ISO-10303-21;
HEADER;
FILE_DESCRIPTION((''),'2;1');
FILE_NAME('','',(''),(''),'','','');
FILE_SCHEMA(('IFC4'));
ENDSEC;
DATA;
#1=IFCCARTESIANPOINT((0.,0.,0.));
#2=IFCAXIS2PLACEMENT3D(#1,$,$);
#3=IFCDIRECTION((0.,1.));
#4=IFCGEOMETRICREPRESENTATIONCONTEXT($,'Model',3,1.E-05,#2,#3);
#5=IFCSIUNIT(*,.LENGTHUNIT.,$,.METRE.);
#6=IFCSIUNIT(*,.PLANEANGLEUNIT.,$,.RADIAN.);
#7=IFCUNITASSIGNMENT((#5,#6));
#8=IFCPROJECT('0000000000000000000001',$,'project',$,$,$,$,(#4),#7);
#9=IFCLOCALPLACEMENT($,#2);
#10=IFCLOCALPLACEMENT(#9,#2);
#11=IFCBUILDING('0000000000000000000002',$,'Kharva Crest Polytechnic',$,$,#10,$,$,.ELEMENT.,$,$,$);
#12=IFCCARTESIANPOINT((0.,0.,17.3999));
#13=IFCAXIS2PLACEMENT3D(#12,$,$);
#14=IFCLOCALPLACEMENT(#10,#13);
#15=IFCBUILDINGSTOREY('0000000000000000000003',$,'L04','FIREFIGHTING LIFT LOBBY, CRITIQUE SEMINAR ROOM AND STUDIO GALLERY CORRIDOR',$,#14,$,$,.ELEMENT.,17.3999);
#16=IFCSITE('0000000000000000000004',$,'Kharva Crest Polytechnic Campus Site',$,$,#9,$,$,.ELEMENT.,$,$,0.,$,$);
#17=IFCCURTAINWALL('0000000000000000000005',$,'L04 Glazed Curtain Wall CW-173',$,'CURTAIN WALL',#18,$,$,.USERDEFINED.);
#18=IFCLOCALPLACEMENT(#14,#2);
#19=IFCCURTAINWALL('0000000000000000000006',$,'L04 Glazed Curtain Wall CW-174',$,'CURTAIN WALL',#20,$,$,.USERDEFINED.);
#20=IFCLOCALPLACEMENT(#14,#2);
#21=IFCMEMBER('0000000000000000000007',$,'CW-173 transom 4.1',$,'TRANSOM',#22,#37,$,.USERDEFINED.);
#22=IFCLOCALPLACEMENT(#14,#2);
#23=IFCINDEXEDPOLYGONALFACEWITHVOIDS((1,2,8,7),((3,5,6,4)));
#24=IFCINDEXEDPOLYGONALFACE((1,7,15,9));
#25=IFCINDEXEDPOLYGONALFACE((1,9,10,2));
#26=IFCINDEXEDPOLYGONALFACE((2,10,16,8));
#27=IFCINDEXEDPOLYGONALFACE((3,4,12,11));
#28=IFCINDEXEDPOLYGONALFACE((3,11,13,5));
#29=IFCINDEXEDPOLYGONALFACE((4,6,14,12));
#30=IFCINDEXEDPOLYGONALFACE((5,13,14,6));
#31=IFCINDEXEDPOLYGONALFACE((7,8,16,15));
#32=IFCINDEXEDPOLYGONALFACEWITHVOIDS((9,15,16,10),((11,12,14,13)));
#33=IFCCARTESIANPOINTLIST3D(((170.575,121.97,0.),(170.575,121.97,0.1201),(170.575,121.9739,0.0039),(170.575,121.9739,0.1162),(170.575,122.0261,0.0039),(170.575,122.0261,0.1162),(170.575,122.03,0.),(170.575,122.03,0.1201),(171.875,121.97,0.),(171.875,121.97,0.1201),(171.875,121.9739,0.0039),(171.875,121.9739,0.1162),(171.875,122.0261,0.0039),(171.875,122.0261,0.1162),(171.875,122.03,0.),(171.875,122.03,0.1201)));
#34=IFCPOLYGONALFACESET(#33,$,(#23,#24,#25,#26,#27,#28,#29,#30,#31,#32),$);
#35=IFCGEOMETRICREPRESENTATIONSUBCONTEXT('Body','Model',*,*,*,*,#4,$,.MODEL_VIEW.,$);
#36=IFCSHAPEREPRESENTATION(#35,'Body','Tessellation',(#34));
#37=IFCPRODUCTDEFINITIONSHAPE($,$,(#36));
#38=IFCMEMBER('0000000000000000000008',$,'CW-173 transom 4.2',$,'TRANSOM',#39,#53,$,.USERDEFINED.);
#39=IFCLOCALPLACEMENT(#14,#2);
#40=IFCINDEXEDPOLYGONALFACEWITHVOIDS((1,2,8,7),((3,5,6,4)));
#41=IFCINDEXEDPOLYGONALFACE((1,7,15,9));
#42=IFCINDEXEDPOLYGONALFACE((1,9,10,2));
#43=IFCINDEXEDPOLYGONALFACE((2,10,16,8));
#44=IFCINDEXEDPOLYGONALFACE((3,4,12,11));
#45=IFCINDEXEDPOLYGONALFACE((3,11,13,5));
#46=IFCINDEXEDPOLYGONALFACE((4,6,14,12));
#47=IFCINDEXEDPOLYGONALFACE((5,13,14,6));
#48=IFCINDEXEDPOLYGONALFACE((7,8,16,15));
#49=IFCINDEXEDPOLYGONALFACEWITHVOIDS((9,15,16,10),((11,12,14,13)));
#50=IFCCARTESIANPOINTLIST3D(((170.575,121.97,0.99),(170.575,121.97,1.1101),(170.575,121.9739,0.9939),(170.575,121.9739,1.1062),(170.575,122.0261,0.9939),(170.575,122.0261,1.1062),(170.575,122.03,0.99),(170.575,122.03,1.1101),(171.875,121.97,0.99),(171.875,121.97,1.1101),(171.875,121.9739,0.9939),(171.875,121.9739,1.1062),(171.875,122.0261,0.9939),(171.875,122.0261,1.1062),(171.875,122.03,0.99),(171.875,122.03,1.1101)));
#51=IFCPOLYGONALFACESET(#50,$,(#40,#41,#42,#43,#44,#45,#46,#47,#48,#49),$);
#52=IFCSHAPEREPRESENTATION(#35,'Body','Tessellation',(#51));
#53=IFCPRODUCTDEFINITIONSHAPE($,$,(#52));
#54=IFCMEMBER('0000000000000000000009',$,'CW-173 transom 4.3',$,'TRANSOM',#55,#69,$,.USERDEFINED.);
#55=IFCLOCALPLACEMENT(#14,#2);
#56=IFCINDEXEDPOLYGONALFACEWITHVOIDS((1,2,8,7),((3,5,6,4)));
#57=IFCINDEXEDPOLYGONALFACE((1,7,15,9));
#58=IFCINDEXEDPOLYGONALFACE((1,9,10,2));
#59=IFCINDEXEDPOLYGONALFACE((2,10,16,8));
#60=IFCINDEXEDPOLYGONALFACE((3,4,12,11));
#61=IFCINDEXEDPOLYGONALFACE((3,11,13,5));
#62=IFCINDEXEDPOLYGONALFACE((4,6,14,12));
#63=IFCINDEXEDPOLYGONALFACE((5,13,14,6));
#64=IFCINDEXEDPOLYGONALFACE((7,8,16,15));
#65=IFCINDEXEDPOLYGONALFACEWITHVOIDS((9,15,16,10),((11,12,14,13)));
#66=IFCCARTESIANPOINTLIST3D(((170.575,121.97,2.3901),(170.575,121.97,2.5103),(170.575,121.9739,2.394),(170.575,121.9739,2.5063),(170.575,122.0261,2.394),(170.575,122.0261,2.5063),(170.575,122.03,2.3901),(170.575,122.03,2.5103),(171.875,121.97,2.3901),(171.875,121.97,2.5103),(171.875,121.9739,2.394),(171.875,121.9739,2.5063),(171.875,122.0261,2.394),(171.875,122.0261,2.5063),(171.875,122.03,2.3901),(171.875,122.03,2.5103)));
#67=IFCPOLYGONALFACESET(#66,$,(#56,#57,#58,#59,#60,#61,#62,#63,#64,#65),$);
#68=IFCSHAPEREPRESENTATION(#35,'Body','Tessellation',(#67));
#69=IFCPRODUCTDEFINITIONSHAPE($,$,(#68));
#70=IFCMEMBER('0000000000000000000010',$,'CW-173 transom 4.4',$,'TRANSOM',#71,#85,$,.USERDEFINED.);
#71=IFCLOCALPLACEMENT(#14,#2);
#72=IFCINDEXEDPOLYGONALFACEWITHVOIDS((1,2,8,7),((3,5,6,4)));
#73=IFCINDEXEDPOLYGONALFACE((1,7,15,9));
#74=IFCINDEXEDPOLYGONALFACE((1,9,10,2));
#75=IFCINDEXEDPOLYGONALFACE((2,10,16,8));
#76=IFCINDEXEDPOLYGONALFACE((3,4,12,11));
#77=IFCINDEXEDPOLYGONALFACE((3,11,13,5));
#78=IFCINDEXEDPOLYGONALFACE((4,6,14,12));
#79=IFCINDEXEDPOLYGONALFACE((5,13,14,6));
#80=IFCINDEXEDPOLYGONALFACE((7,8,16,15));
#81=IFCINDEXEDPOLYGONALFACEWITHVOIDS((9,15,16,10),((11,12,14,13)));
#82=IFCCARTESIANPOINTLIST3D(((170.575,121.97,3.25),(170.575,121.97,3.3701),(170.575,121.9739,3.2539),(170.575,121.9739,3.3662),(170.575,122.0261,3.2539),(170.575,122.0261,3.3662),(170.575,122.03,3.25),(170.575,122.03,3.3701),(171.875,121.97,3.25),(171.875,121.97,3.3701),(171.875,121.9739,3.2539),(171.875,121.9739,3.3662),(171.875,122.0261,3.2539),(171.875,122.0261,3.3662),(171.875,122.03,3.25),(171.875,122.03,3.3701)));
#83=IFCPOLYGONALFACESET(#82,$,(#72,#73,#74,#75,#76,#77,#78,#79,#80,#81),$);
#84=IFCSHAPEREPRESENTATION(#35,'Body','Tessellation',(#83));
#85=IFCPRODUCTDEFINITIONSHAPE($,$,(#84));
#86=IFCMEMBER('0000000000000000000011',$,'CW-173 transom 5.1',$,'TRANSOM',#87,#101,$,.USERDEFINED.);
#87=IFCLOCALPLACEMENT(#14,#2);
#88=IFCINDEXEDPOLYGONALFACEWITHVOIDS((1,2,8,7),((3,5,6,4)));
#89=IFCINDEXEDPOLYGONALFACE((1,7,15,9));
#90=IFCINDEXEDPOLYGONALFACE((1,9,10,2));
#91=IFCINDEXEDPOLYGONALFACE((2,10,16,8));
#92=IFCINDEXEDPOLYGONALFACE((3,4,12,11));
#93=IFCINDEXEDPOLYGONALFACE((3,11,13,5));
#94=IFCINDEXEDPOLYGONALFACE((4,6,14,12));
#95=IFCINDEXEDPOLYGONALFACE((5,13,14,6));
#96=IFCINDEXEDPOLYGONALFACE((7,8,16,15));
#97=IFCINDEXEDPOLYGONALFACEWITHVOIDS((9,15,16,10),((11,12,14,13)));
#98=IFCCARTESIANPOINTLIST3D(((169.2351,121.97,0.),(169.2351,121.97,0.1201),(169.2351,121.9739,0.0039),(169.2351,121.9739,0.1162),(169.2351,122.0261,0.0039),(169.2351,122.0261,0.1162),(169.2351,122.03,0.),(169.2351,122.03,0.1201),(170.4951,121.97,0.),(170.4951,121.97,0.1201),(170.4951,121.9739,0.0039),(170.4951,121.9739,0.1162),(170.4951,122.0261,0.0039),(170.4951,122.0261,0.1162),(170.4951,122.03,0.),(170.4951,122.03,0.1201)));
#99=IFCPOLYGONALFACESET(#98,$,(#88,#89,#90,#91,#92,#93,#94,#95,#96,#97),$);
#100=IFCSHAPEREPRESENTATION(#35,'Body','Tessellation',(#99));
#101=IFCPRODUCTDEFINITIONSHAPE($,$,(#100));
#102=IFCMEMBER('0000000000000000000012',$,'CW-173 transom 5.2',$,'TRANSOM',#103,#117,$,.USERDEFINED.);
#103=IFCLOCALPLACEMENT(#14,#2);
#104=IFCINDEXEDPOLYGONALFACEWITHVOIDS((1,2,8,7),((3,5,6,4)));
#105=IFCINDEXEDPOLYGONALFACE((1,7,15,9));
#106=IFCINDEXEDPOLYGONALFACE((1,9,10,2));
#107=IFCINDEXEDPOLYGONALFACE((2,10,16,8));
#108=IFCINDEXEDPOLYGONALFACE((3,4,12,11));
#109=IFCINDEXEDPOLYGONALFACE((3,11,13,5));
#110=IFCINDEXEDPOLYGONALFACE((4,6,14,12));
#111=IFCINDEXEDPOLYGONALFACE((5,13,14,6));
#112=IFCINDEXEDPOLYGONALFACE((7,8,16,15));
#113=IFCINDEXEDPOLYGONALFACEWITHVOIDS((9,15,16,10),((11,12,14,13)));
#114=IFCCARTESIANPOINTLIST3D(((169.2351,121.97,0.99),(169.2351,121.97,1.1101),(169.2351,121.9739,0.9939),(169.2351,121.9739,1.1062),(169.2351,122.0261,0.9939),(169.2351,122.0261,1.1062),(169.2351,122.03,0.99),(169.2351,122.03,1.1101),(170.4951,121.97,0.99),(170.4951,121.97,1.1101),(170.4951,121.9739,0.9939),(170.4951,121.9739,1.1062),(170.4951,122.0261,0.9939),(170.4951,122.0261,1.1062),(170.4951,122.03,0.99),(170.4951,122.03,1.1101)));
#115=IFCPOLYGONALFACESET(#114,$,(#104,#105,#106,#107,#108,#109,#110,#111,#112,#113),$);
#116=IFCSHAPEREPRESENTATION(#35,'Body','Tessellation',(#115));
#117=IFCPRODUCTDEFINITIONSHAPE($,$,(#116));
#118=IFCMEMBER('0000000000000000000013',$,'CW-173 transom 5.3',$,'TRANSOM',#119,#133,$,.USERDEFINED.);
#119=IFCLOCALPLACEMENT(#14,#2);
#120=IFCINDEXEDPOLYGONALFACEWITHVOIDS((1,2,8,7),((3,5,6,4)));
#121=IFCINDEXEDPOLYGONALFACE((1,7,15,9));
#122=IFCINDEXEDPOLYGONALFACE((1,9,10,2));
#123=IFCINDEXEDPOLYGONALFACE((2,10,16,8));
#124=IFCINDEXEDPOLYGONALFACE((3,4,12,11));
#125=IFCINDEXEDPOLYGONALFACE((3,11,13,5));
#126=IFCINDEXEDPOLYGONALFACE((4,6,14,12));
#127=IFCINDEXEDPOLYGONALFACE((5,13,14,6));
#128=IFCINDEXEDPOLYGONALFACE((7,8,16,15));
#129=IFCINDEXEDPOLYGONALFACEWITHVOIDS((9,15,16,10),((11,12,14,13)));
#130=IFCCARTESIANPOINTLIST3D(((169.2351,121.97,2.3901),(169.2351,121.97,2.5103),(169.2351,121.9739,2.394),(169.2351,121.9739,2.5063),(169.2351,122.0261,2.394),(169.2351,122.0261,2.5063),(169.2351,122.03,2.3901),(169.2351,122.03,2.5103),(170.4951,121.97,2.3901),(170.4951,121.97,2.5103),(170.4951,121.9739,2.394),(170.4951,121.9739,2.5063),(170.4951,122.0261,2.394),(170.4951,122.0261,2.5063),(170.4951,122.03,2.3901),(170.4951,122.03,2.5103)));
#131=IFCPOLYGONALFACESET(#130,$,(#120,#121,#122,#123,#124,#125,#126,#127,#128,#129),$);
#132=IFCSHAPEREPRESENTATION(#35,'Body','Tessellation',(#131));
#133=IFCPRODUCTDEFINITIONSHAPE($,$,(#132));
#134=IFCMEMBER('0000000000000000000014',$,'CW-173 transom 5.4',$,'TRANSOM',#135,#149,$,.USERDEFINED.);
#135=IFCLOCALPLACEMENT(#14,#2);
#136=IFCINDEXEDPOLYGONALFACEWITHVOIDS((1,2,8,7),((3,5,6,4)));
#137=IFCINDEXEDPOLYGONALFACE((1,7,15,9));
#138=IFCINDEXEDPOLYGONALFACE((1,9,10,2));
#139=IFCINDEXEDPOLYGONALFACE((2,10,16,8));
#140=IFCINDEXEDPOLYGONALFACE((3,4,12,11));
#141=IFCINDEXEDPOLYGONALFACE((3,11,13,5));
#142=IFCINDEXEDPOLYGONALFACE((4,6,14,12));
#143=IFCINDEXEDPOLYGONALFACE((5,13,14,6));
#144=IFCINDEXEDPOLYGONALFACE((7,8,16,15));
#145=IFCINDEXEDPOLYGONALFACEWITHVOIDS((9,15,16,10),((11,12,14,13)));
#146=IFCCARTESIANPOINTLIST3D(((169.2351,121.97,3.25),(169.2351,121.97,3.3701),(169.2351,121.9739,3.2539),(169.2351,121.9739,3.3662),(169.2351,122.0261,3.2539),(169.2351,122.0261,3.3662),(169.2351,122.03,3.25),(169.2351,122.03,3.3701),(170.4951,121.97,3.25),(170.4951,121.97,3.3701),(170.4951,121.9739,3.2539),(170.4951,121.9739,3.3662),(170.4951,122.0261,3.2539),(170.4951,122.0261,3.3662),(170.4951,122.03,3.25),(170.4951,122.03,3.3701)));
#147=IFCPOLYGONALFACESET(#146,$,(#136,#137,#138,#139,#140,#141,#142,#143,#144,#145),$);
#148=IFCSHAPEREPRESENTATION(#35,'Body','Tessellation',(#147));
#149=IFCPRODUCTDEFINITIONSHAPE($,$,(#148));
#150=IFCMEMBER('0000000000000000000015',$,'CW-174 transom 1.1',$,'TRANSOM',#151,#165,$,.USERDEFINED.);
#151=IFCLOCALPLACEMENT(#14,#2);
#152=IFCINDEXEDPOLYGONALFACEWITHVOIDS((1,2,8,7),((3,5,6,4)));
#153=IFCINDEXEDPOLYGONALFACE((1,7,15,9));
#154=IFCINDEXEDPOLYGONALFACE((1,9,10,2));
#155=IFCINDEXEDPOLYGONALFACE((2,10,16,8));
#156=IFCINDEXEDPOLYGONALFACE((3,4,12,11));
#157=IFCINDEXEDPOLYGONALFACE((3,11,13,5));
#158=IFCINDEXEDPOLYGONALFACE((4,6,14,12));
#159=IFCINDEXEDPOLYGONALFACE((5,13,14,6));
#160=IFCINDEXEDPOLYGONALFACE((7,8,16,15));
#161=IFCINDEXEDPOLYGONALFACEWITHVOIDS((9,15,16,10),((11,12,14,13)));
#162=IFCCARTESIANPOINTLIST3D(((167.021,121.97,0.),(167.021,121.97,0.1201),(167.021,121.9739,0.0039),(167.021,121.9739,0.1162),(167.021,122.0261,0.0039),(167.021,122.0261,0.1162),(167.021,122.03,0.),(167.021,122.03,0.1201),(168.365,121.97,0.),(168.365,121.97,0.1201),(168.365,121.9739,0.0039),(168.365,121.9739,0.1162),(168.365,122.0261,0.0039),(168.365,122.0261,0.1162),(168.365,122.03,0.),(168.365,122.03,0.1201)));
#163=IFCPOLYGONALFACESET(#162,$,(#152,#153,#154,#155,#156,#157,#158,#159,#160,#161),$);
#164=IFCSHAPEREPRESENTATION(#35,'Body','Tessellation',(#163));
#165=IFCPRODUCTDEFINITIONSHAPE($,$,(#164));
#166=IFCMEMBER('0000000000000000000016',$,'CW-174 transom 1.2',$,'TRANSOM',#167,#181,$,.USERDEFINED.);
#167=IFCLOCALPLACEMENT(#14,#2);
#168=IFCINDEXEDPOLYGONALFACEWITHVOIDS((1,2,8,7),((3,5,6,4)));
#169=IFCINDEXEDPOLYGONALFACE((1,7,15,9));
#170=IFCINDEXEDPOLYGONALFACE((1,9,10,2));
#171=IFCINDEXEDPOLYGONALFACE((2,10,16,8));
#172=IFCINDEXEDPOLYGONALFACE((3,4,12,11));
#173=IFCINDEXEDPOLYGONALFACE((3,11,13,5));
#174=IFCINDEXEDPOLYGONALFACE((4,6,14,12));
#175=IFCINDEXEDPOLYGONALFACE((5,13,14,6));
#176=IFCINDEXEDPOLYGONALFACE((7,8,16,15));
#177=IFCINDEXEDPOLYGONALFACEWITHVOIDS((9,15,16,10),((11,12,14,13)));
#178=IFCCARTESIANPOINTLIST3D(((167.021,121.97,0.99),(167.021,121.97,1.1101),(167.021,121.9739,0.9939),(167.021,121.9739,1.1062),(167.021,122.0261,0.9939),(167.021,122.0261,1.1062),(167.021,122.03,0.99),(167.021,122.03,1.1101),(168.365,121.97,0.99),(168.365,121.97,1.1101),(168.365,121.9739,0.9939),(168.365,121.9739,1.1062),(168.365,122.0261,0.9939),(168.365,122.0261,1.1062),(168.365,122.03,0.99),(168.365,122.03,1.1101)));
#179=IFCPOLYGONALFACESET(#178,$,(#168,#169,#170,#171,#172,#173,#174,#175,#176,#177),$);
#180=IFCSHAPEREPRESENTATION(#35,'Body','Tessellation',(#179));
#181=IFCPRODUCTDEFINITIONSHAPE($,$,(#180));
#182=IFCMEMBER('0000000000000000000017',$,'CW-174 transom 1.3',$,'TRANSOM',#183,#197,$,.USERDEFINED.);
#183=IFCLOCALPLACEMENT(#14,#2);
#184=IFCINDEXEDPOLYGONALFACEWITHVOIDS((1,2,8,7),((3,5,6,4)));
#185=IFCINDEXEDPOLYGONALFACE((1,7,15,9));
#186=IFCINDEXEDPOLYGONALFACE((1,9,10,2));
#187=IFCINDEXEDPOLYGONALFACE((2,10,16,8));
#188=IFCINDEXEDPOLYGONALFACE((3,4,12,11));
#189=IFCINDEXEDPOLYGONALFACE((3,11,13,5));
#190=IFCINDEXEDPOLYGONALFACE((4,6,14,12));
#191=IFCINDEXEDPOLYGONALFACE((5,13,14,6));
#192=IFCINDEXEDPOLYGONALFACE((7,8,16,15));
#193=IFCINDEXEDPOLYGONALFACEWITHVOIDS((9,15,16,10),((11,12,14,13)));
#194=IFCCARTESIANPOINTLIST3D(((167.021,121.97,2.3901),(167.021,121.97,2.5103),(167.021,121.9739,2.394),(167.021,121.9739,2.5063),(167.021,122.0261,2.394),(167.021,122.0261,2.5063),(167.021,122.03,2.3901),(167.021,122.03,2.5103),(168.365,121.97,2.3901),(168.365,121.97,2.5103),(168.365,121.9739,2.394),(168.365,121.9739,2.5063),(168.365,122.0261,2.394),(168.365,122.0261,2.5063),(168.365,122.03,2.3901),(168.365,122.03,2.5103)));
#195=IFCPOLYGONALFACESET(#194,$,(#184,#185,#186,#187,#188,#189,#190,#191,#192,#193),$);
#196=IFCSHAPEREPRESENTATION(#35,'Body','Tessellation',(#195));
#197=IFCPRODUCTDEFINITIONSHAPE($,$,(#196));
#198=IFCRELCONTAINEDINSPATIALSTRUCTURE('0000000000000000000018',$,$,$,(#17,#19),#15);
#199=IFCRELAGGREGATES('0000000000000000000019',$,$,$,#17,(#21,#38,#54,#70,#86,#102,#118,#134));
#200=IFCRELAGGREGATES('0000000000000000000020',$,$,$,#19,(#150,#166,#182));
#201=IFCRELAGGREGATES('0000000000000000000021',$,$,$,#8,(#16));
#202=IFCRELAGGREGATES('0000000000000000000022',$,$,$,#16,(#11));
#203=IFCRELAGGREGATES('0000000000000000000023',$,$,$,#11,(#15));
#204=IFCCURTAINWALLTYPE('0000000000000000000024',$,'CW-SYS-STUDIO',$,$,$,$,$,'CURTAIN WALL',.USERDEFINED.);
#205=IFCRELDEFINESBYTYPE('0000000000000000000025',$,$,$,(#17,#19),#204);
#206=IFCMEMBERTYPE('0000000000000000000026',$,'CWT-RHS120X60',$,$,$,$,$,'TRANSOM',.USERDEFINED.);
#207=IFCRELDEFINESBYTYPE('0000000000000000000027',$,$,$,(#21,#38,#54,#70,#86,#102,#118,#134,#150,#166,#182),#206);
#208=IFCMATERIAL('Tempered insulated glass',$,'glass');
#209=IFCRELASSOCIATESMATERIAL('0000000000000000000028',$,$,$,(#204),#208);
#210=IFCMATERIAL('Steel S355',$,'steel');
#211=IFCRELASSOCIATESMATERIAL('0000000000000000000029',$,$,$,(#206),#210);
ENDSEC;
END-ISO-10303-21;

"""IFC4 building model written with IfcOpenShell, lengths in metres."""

from ifc_helpers import new_model, si_unit, direction, frame, origin, origin_2d, place, context, subcontext, project, spatial, hollow_rectangle, extrude, material, material_profile, profile_set, type_object, element, aggregate, save


model = new_model("IFC4")

# Units and contexts
model_context = context("Model", 3, precision=1e-05, world=origin(), true_north=direction((0.0, 1.0)))
body_context = subcontext(model_context, "Body", "Model", "MODEL_VIEW")
ifc_project = project(units=[si_unit("LENGTHUNIT", "METRE"), si_unit("PLANEANGLEUNIT", "RADIAN")], contexts=[model_context])

# Site, building, storey
site_placement = place(None, origin())
site = spatial("IfcSite", under=ifc_project, at=site_placement, Name="Kharva Crest Polytechnic Campus Site", CompositionType="ELEMENT", RefElevation=0.0)
building_placement = place(site_placement, origin())
building = spatial("IfcBuilding", under=site, at=building_placement, Name="Kharva Crest Polytechnic", CompositionType="ELEMENT")
storey_placement = place(building_placement, frame((0.0, 0.0, 17.3999)))
storey = spatial("IfcBuildingStorey", under=building, at=storey_placement, Name="L04", Description="FIREFIGHTING LIFT LOBBY, CRITIQUE SEMINAR ROOM AND STUDIO GALLERY CORRIDOR", CompositionType="ELEMENT", Elevation=17.3999)

# Curtain walls
ifc_material_1 = material(Name="Tempered insulated glass", Category="glass")
curtain_wall_type = type_object("IfcCurtainWallType", Name="CW-SYS-STUDIO", ElementType="CURTAIN WALL", PredefinedType="USERDEFINED", material=ifc_material_1)
curtain_wall_1_placement = place(storey_placement, origin())
curtain_wall_1 = element("IfcCurtainWall", 1, at=curtain_wall_1_placement, inside=storey, type_object=curtain_wall_type, Name="L04 Glazed Curtain Wall CW-173", ObjectType="CURTAIN WALL", PredefinedType="USERDEFINED")
ifc_material_2 = material(Name="Steel S355", Category="steel")
curtain_wall_2_placement = place(storey_placement, origin())
curtain_wall_2 = element("IfcCurtainWall", 2, at=curtain_wall_2_placement, inside=storey, type_object=curtain_wall_type, Name="L04 Glazed Curtain Wall CW-174", ObjectType="CURTAIN WALL", PredefinedType="USERDEFINED")

# Members
ifc_material_profile_1 = material_profile(ifc_material_2, hollow_rectangle(XDim=0.0601, YDim=0.1201, WallThickness=0.0039, at=origin_2d()), Name="RHS 120X60X4.0")
ifc_profile_set_1 = profile_set([ifc_material_profile_1], Name="Steel S355")
member_type_1 = type_object("IfcMemberType", Name="CWT-RHS120X60", ElementType="TRANSOM", PredefinedType="USERDEFINED", material=ifc_profile_set_1)
member_1_placement = place(storey_placement, frame((171.875, 122.0, 0.0601), z_axis=(-1.0, 0.0, 0.0), x_axis=(0.0, -1.0, 0.0)))
member_1 = element("IfcMember", 3, at=member_1_placement, type_object=member_type_1, Name="CW-173 transom 4.1", ObjectType="TRANSOM", PredefinedType="USERDEFINED", context=body_context, shape_type="SweptSolid", body=[
    extrude(hollow_rectangle(XDim=0.0601, YDim=0.1201, WallThickness=0.0039, at=origin_2d()), origin(), (0.0, 0.0, 1.0), 1.3),
])
member_2_placement = place(storey_placement, frame((171.875, 122.0, 1.05), z_axis=(-1.0, 0.0, 0.0), x_axis=(0.0, -1.0, 0.0)))
member_2 = element("IfcMember", 4, at=member_2_placement, type_object=member_type_1, Name="CW-173 transom 4.2", ObjectType="TRANSOM", PredefinedType="USERDEFINED", context=body_context, shape_type="SweptSolid", body=[
    extrude(hollow_rectangle(XDim=0.0601, YDim=0.1201, WallThickness=0.0039, at=origin_2d()), origin(), (0.0, 0.0, 1.0), 1.3),
])
member_3_placement = place(storey_placement, frame((171.875, 122.0, 2.4502), z_axis=(-1.0, 0.0, 0.0), x_axis=(0.0, -1.0, 0.0)))
member_3 = element("IfcMember", 5, at=member_3_placement, type_object=member_type_1, Name="CW-173 transom 4.3", ObjectType="TRANSOM", PredefinedType="USERDEFINED", context=body_context, shape_type="SweptSolid", body=[
    extrude(hollow_rectangle(XDim=0.0601, YDim=0.1201, WallThickness=0.0039, at=origin_2d()), origin(), (0.0, 0.0, 1.0), 1.3),
])
member_4_placement = place(storey_placement, frame((171.875, 122.0, 3.3101), z_axis=(-1.0, 0.0, 0.0), x_axis=(0.0, -1.0, 0.0)))
member_4 = element("IfcMember", 6, at=member_4_placement, type_object=member_type_1, Name="CW-173 transom 4.4", ObjectType="TRANSOM", PredefinedType="USERDEFINED", context=body_context, shape_type="SweptSolid", body=[
    extrude(hollow_rectangle(XDim=0.0601, YDim=0.1201, WallThickness=0.0039, at=origin_2d()), origin(), (0.0, 0.0, 1.0), 1.3),
])
member_5_placement = place(storey_placement, frame((170.4951, 122.0, 0.0601), z_axis=(-1.0, 0.0, 0.0), x_axis=(0.0, -1.0, 0.0)))
member_5 = element("IfcMember", 7, at=member_5_placement, type_object=member_type_1, Name="CW-173 transom 5.1", ObjectType="TRANSOM", PredefinedType="USERDEFINED", context=body_context, shape_type="SweptSolid", body=[
    extrude(hollow_rectangle(XDim=0.0601, YDim=0.1201, WallThickness=0.0039, at=origin_2d()), origin(), (0.0, 0.0, 1.0), 1.26),
])
member_6_placement = place(storey_placement, frame((170.4951, 122.0, 1.05), z_axis=(-1.0, 0.0, 0.0), x_axis=(0.0, -1.0, 0.0)))
member_6 = element("IfcMember", 8, at=member_6_placement, type_object=member_type_1, Name="CW-173 transom 5.2", ObjectType="TRANSOM", PredefinedType="USERDEFINED", context=body_context, shape_type="SweptSolid", body=[
    extrude(hollow_rectangle(XDim=0.0601, YDim=0.1201, WallThickness=0.0039, at=origin_2d()), origin(), (0.0, 0.0, 1.0), 1.26),
])
member_7_placement = place(storey_placement, frame((170.4951, 122.0, 2.4502), z_axis=(-1.0, 0.0, 0.0), x_axis=(0.0, -1.0, 0.0)))
member_7 = element("IfcMember", 9, at=member_7_placement, type_object=member_type_1, Name="CW-173 transom 5.3", ObjectType="TRANSOM", PredefinedType="USERDEFINED", context=body_context, shape_type="SweptSolid", body=[
    extrude(hollow_rectangle(XDim=0.0601, YDim=0.1201, WallThickness=0.0039, at=origin_2d()), origin(), (0.0, 0.0, 1.0), 1.26),
])
member_8_placement = place(storey_placement, frame((170.4951, 122.0, 3.3101), z_axis=(-1.0, 0.0, 0.0), x_axis=(0.0, -1.0, 0.0)))
member_8 = element("IfcMember", 10, at=member_8_placement, type_object=member_type_1, Name="CW-173 transom 5.4", ObjectType="TRANSOM", PredefinedType="USERDEFINED", context=body_context, shape_type="SweptSolid", body=[
    extrude(hollow_rectangle(XDim=0.0601, YDim=0.1201, WallThickness=0.0039, at=origin_2d()), origin(), (0.0, 0.0, 1.0), 1.26),
])
member_9_placement = place(storey_placement, frame((168.365, 122.0, 0.0601), z_axis=(-1.0, 0.0, 0.0), x_axis=(0.0, -1.0, 0.0)))
member_9 = element("IfcMember", 11, at=member_9_placement, type_object=member_type_1, Name="CW-174 transom 1.1", ObjectType="TRANSOM", PredefinedType="USERDEFINED", context=body_context, shape_type="SweptSolid", body=[
    extrude(hollow_rectangle(XDim=0.0601, YDim=0.1201, WallThickness=0.0039, at=origin_2d()), origin(), (0.0, 0.0, 1.0), 1.344),
])
member_10_placement = place(storey_placement, frame((168.365, 122.0, 1.05), z_axis=(-1.0, 0.0, 0.0), x_axis=(0.0, -1.0, 0.0)))
member_10 = element("IfcMember", 12, at=member_10_placement, type_object=member_type_1, Name="CW-174 transom 1.2", ObjectType="TRANSOM", PredefinedType="USERDEFINED", context=body_context, shape_type="SweptSolid", body=[
    extrude(hollow_rectangle(XDim=0.0601, YDim=0.1201, WallThickness=0.0039, at=origin_2d()), origin(), (0.0, 0.0, 1.0), 1.344),
])
member_11_placement = place(storey_placement, frame((168.365, 122.0, 2.4502), z_axis=(-1.0, 0.0, 0.0), x_axis=(0.0, -1.0, 0.0)))
member_11 = element("IfcMember", 13, at=member_11_placement, type_object=member_type_1, Name="CW-174 transom 1.3", ObjectType="TRANSOM", PredefinedType="USERDEFINED", context=body_context, shape_type="SweptSolid", body=[
    extrude(hollow_rectangle(XDim=0.0601, YDim=0.1201, WallThickness=0.0039, at=origin_2d()), origin(), (0.0, 0.0, 1.0), 1.344),
])

aggregate(curtain_wall_1, [member_1, member_2, member_3, member_4, member_5, member_6, member_7, member_8])
aggregate(curtain_wall_2, [member_9, member_10, member_11])

save(model, "model.ifc")
